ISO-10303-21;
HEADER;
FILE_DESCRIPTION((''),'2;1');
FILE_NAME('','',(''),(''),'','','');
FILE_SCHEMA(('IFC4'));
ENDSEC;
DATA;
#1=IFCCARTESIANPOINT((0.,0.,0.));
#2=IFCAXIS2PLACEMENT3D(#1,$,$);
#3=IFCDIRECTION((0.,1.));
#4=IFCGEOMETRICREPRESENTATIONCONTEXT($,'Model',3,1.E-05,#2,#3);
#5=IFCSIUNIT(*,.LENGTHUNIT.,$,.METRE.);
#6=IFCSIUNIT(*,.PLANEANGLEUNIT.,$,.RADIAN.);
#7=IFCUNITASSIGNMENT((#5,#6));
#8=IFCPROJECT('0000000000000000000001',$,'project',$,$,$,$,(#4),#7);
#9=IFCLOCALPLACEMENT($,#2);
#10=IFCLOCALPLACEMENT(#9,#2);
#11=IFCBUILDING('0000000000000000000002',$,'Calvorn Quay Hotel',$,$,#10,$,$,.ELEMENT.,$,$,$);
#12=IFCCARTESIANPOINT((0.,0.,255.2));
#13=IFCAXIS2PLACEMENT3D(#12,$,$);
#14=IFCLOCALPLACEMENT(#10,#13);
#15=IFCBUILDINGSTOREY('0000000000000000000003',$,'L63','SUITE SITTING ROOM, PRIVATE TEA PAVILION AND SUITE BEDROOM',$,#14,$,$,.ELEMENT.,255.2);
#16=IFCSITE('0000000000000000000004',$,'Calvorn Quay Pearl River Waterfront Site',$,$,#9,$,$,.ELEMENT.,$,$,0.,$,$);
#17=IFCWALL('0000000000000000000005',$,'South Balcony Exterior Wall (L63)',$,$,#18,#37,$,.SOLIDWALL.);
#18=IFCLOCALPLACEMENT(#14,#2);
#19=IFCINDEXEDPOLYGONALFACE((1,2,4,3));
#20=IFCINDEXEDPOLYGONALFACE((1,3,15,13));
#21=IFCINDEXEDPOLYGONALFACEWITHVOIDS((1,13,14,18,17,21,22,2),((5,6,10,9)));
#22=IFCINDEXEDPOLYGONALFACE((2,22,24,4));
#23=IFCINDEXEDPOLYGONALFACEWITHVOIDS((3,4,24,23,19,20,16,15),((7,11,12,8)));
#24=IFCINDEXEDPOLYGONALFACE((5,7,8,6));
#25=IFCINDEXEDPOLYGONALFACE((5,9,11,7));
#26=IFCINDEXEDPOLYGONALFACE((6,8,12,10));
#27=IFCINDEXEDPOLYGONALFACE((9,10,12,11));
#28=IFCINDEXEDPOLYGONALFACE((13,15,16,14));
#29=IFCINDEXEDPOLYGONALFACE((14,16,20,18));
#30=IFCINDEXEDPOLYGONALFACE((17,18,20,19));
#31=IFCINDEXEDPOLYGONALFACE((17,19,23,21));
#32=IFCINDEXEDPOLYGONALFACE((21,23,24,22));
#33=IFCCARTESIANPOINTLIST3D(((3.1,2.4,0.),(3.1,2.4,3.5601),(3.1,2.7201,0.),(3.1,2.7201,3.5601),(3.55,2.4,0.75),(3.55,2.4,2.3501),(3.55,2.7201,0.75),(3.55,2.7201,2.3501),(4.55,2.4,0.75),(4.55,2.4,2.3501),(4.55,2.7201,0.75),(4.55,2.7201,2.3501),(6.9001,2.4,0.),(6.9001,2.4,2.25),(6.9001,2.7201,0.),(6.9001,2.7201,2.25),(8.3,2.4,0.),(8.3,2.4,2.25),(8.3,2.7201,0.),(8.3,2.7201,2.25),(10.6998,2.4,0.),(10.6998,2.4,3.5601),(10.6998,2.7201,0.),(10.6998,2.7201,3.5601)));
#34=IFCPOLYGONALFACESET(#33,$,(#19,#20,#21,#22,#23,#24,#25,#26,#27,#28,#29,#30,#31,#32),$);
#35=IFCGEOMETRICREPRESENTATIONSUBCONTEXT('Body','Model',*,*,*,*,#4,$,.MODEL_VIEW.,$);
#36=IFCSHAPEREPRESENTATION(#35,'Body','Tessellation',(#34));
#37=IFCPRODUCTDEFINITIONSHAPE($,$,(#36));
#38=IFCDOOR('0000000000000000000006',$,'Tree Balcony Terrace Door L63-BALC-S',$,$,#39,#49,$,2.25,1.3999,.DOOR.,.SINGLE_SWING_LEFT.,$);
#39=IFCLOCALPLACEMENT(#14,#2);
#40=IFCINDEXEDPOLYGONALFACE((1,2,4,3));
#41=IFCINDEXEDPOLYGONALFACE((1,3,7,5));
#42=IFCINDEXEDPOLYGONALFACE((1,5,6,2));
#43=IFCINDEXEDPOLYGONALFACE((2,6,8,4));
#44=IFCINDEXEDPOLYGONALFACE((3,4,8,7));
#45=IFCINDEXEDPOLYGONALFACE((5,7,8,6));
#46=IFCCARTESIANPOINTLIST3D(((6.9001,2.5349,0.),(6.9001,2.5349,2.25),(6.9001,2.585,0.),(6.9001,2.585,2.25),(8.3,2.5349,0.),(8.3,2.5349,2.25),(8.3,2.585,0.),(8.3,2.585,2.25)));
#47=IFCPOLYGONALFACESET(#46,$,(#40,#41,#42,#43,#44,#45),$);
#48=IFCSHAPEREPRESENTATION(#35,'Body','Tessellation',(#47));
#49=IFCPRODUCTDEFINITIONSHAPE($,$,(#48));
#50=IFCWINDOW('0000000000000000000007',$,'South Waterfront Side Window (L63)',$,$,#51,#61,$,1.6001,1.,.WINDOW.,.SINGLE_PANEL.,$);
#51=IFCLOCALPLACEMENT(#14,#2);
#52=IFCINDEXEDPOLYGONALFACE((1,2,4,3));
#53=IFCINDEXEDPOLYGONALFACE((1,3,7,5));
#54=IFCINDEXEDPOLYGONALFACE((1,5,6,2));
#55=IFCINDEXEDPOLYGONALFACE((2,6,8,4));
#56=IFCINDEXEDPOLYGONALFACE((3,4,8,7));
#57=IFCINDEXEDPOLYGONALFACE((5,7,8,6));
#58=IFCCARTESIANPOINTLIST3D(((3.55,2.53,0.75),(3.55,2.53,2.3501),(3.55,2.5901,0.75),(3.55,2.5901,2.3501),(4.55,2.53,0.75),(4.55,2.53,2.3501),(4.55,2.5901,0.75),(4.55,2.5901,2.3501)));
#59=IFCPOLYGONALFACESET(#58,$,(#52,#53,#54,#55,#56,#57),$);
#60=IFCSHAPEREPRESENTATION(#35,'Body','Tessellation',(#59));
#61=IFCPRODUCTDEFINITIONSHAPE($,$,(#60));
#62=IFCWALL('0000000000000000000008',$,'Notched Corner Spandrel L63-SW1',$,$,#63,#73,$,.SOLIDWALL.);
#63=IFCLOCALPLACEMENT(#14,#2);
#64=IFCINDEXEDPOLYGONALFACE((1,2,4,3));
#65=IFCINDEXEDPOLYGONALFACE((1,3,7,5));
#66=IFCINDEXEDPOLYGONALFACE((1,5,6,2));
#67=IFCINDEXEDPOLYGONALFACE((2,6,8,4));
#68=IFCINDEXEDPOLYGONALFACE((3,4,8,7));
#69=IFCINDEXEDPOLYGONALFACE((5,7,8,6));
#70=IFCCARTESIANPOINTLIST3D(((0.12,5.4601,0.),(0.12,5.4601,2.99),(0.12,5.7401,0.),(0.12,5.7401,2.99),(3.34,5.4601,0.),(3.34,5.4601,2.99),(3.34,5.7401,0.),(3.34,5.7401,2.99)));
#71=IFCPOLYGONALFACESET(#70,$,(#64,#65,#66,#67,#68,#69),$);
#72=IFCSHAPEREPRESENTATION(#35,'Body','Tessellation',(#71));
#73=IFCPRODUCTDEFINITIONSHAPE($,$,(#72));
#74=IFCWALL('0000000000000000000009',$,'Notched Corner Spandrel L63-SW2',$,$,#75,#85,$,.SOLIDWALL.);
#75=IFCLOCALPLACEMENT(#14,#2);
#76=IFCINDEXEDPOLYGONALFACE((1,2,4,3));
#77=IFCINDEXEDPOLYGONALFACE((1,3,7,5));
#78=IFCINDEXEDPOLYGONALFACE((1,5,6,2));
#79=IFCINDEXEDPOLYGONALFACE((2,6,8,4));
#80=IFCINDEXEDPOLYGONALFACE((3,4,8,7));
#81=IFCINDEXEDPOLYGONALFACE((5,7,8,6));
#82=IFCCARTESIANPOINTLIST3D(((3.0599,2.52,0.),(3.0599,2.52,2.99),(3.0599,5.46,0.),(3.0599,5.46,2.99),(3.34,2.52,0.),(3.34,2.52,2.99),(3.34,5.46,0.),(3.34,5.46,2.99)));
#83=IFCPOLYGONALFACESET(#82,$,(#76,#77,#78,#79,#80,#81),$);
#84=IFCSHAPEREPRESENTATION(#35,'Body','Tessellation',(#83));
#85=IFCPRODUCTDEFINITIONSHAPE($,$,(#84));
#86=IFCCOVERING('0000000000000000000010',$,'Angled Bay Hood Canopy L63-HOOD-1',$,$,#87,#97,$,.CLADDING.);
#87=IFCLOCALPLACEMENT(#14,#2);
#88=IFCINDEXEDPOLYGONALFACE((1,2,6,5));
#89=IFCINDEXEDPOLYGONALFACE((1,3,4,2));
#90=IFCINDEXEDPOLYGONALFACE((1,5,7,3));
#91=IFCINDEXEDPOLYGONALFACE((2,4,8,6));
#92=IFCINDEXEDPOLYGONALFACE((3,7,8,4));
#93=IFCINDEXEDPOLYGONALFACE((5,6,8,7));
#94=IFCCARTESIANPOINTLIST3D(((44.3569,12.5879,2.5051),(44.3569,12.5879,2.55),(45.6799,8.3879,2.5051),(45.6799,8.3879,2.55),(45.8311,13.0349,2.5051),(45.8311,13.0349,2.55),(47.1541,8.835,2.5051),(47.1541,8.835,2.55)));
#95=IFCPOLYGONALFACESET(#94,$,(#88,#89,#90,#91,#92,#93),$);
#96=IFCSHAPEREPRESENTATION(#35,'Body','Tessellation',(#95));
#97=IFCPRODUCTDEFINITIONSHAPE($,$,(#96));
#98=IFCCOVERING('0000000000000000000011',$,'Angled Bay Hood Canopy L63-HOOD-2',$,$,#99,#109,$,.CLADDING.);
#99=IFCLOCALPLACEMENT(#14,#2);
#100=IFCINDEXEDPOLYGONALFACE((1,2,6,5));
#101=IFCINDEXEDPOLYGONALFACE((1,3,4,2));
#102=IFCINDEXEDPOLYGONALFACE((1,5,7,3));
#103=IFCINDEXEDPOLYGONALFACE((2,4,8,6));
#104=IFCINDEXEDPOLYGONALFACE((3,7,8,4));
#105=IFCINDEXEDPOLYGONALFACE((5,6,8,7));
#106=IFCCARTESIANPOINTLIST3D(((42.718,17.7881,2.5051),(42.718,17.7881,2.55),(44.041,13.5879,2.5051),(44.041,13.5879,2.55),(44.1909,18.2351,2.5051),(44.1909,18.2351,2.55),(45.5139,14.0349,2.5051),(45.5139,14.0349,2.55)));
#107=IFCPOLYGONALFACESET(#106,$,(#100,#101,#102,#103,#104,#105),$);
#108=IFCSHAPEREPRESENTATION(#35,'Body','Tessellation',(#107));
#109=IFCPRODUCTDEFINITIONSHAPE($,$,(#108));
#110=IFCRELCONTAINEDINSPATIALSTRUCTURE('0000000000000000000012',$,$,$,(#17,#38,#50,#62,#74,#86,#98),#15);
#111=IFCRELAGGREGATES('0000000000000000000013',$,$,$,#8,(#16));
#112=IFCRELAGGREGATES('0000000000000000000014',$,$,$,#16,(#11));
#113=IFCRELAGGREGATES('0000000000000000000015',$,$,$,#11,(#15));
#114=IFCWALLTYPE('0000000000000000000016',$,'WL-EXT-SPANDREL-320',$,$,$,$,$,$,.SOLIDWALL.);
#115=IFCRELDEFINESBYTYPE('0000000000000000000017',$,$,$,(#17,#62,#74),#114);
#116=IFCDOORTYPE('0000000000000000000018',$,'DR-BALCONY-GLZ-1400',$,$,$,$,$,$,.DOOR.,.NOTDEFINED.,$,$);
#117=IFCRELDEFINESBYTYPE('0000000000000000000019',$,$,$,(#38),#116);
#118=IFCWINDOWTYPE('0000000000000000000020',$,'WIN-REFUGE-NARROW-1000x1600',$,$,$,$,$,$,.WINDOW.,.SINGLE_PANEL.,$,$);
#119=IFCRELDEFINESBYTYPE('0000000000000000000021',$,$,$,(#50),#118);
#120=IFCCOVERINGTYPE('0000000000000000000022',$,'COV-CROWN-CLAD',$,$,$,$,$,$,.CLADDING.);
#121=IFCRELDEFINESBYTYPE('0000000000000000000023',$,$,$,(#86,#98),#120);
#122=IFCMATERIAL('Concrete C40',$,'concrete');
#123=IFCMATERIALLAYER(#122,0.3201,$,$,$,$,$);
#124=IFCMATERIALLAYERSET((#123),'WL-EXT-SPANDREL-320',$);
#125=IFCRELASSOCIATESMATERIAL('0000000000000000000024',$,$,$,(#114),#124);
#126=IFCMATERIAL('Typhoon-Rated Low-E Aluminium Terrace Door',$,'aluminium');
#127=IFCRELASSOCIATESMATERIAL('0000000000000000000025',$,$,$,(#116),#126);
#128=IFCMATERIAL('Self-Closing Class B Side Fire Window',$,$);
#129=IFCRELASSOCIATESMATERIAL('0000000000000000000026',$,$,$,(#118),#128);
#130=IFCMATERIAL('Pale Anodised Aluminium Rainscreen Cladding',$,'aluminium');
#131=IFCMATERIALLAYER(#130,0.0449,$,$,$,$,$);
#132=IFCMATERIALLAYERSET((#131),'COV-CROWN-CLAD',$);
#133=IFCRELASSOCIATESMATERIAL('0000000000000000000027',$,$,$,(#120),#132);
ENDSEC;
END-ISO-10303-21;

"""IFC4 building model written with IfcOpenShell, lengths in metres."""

from ifc_helpers import new_model, si_unit, direction, frame, frame_2d, origin, place, context, subcontext, project, spatial, polyline, rectangle, outline, extrude, material, layer, layer_set, type_object, element, fill, save


model = new_model("IFC4")

# Units and contexts
model_context = context("Model", 3, precision=1e-05, world=origin(), true_north=direction((0.0, 1.0)))
body_context = subcontext(model_context, "Body", "Model", "MODEL_VIEW")
ifc_project = project(units=[si_unit("LENGTHUNIT", "METRE"), si_unit("PLANEANGLEUNIT", "RADIAN")], contexts=[model_context])

# Site, building, storey
site_placement = place(None, origin())
site = spatial("IfcSite", under=ifc_project, at=site_placement, Name="Calvorn Quay Pearl River Waterfront Site", CompositionType="ELEMENT", RefElevation=0.0)
building_placement = place(site_placement, origin())
building = spatial("IfcBuilding", under=site, at=building_placement, Name="Calvorn Quay Hotel", CompositionType="ELEMENT")
storey_placement = place(building_placement, frame((0.0, 0.0, 255.2)))
storey = spatial("IfcBuildingStorey", under=building, at=storey_placement, Name="L63", Description="SUITE SITTING ROOM, PRIVATE TEA PAVILION AND SUITE BEDROOM", CompositionType="ELEMENT", Elevation=255.2)

# Wall, openings, door, window
ifc_material_1 = material(Name="Concrete C40", Category="concrete")
ifc_layer_1 = layer(ifc_material_1, 0.3201)
ifc_layer_set_1 = layer_set([ifc_layer_1], Name="WL-EXT-SPANDREL-320")
wall_type = type_object("IfcWallType", Name="WL-EXT-SPANDREL-320", PredefinedType="SOLIDWALL", material=ifc_layer_set_1)
wall_1_placement = place(storey_placement, frame((3.1001, 2.5601, 0.0), z_axis=(0.0, 0.0, 1.0), x_axis=(1.0, 0.0, 0.0)))
wall_1 = element("IfcWall", 1, at=wall_1_placement, inside=storey, type_object=wall_type, Name="South Balcony Exterior Wall (L63)", PredefinedType="SOLIDWALL", context=body_context, shape_type="SweptSolid", body=[
    extrude(rectangle(XDim=7.5999, YDim=0.3201, at=frame_2d((3.7998, 0.0))), origin(), (0.0, 0.0, 1.0), 3.5601),
])
opening_1_placement = place(wall_1_placement, frame((0.45, 0.0, 0.75)))
opening_1 = element("IfcOpeningElement", 2, at=opening_1_placement, cuts=wall_1, PredefinedType="OPENING", context=body_context, shape_type="SweptSolid", body=[
    extrude(rectangle(XDim=1.0, YDim=1.6001, at=frame_2d((0.5, 0.8))), frame((0.0, 0.1699, 0.0), z_axis=(0.0, -1.0, 0.0), x_axis=(1.0, 0.0, 0.0)), (0.0, 0.0, 1.0), 0.3401),
])
opening_2_placement = place(wall_1_placement, frame((3.8, 0.0, 0.0)))
opening_2 = element("IfcOpeningElement", 3, at=opening_2_placement, cuts=wall_1, PredefinedType="OPENING", context=body_context, shape_type="SweptSolid", body=[
    extrude(rectangle(XDim=1.3999, YDim=2.25, at=frame_2d((0.7, 1.125))), frame((0.0, 0.1699, 0.0), z_axis=(0.0, -1.0, 0.0), x_axis=(1.0, 0.0, 0.0)), (0.0, 0.0, 1.0), 0.3401),
])
ifc_material_2 = material(Name="Typhoon-Rated Low-E Aluminium Terrace Door", Category="aluminium")
door_type = type_object("IfcDoorType", Name="DR-BALCONY-GLZ-1400", OperationType="NOTDEFINED", PredefinedType="DOOR", material=ifc_material_2)
door_placement = place(opening_2_placement, origin())
door = element("IfcDoor", 4, at=door_placement, inside=storey, type_object=door_type, Name="Tree Balcony Terrace Door L63-BALC-S", OperationType="SINGLE_SWING_LEFT", OverallHeight=2.25, OverallWidth=1.3999, PredefinedType="DOOR", context=body_context, shape_type="SweptSolid", body=[
    extrude(rectangle(XDim=1.3999, YDim=2.25, at=frame_2d((0.7, 1.125))), frame((0.0, 0.0249, 0.0), z_axis=(0.0, -1.0, 0.0), x_axis=(1.0, 0.0, 0.0)), (0.0, 0.0, 1.0), 0.05),
])
fill(opening_2, door)
ifc_material_3 = material(Name="Self-Closing Class B Side Fire Window")
window_type = type_object("IfcWindowType", Name="WIN-REFUGE-NARROW-1000x1600", PartitioningType="SINGLE_PANEL", PredefinedType="WINDOW", material=ifc_material_3)
window_placement = place(opening_1_placement, origin())
window = element("IfcWindow", 5, at=window_placement, inside=storey, type_object=window_type, Name="South Waterfront Side Window (L63)", OverallHeight=1.6001, OverallWidth=1.0, PartitioningType="SINGLE_PANEL", PredefinedType="WINDOW", context=body_context, shape_type="SweptSolid", body=[
    extrude(rectangle(XDim=1.0, YDim=1.6001, at=frame_2d((0.5, 0.8))), frame((0.0, 0.03, 0.0), z_axis=(0.0, -1.0, 0.0), x_axis=(1.0, 0.0, 0.0)), (0.0, 0.0, 1.0), 0.0601),
])
fill(opening_1, window)

# Walls
wall_2_placement = place(storey_placement, frame((0.1201, 5.6001, 0.0), z_axis=(0.0, 0.0, 1.0), x_axis=(1.0, 0.0, 0.0)))
element("IfcWall", 6, at=wall_2_placement, inside=storey, type_object=wall_type, Name="Notched Corner Spandrel L63-SW1", PredefinedType="SOLIDWALL", context=body_context, shape_type="SweptSolid", body=[
    extrude(rectangle(XDim=3.22, YDim=0.28, at=frame_2d((1.6099, 0.0))), origin(), (0.0, 0.0, 1.0), 2.99),
])
wall_3_placement = place(storey_placement, frame((3.2, 5.46, 0.0), z_axis=(0.0, 0.0, 1.0), x_axis=(0.0, -1.0, 0.0)))
element("IfcWall", 7, at=wall_3_placement, inside=storey, type_object=wall_type, Name="Notched Corner Spandrel L63-SW2", PredefinedType="SOLIDWALL", context=body_context, shape_type="SweptSolid", body=[
    extrude(rectangle(XDim=2.9399, YDim=0.28, at=frame_2d((1.47, 0.0))), origin(), (0.0, 0.0, 1.0), 2.99),
])

# Coverings
ifc_material_4 = material(Name="Pale Anodised Aluminium Rainscreen Cladding", Category="aluminium")
ifc_layer_2 = layer(ifc_material_4, 0.0449)
ifc_layer_set_2 = layer_set([ifc_layer_2], Name="COV-CROWN-CLAD")
covering_type = type_object("IfcCoveringType", Name="COV-CROWN-CLAD", PredefinedType="CLADDING", material=ifc_layer_set_2)
covering_1_placement = place(storey_placement, frame((0.0, 0.0, 2.5051)))
element("IfcCovering", 8, at=covering_1_placement, inside=storey, type_object=covering_type, Name="Angled Bay Hood Canopy L63-HOOD-1", PredefinedType="CLADDING", context=body_context, shape_type="SweptSolid", body=[
    extrude(outline(polyline([(44.3569, 12.5879), (45.8311, 13.0349), (47.1541, 8.835), (45.6799, 8.3879), (44.3569, 12.5879)])), origin(), (0.0, 0.0, 1.0), 0.0449),
])
covering_2_placement = place(storey_placement, frame((0.0, 0.0, 2.5051)))
element("IfcCovering", 9, at=covering_2_placement, inside=storey, type_object=covering_type, Name="Angled Bay Hood Canopy L63-HOOD-2", PredefinedType="CLADDING", context=body_context, shape_type="SweptSolid", body=[
    extrude(outline(polyline([(42.718, 17.7881), (44.1909, 18.2351), (45.5139, 14.0349), (44.041, 13.5879), (42.718, 17.7881)])), origin(), (0.0, 0.0, 1.0), 0.0449),
])

save(model, "model.ifc")
